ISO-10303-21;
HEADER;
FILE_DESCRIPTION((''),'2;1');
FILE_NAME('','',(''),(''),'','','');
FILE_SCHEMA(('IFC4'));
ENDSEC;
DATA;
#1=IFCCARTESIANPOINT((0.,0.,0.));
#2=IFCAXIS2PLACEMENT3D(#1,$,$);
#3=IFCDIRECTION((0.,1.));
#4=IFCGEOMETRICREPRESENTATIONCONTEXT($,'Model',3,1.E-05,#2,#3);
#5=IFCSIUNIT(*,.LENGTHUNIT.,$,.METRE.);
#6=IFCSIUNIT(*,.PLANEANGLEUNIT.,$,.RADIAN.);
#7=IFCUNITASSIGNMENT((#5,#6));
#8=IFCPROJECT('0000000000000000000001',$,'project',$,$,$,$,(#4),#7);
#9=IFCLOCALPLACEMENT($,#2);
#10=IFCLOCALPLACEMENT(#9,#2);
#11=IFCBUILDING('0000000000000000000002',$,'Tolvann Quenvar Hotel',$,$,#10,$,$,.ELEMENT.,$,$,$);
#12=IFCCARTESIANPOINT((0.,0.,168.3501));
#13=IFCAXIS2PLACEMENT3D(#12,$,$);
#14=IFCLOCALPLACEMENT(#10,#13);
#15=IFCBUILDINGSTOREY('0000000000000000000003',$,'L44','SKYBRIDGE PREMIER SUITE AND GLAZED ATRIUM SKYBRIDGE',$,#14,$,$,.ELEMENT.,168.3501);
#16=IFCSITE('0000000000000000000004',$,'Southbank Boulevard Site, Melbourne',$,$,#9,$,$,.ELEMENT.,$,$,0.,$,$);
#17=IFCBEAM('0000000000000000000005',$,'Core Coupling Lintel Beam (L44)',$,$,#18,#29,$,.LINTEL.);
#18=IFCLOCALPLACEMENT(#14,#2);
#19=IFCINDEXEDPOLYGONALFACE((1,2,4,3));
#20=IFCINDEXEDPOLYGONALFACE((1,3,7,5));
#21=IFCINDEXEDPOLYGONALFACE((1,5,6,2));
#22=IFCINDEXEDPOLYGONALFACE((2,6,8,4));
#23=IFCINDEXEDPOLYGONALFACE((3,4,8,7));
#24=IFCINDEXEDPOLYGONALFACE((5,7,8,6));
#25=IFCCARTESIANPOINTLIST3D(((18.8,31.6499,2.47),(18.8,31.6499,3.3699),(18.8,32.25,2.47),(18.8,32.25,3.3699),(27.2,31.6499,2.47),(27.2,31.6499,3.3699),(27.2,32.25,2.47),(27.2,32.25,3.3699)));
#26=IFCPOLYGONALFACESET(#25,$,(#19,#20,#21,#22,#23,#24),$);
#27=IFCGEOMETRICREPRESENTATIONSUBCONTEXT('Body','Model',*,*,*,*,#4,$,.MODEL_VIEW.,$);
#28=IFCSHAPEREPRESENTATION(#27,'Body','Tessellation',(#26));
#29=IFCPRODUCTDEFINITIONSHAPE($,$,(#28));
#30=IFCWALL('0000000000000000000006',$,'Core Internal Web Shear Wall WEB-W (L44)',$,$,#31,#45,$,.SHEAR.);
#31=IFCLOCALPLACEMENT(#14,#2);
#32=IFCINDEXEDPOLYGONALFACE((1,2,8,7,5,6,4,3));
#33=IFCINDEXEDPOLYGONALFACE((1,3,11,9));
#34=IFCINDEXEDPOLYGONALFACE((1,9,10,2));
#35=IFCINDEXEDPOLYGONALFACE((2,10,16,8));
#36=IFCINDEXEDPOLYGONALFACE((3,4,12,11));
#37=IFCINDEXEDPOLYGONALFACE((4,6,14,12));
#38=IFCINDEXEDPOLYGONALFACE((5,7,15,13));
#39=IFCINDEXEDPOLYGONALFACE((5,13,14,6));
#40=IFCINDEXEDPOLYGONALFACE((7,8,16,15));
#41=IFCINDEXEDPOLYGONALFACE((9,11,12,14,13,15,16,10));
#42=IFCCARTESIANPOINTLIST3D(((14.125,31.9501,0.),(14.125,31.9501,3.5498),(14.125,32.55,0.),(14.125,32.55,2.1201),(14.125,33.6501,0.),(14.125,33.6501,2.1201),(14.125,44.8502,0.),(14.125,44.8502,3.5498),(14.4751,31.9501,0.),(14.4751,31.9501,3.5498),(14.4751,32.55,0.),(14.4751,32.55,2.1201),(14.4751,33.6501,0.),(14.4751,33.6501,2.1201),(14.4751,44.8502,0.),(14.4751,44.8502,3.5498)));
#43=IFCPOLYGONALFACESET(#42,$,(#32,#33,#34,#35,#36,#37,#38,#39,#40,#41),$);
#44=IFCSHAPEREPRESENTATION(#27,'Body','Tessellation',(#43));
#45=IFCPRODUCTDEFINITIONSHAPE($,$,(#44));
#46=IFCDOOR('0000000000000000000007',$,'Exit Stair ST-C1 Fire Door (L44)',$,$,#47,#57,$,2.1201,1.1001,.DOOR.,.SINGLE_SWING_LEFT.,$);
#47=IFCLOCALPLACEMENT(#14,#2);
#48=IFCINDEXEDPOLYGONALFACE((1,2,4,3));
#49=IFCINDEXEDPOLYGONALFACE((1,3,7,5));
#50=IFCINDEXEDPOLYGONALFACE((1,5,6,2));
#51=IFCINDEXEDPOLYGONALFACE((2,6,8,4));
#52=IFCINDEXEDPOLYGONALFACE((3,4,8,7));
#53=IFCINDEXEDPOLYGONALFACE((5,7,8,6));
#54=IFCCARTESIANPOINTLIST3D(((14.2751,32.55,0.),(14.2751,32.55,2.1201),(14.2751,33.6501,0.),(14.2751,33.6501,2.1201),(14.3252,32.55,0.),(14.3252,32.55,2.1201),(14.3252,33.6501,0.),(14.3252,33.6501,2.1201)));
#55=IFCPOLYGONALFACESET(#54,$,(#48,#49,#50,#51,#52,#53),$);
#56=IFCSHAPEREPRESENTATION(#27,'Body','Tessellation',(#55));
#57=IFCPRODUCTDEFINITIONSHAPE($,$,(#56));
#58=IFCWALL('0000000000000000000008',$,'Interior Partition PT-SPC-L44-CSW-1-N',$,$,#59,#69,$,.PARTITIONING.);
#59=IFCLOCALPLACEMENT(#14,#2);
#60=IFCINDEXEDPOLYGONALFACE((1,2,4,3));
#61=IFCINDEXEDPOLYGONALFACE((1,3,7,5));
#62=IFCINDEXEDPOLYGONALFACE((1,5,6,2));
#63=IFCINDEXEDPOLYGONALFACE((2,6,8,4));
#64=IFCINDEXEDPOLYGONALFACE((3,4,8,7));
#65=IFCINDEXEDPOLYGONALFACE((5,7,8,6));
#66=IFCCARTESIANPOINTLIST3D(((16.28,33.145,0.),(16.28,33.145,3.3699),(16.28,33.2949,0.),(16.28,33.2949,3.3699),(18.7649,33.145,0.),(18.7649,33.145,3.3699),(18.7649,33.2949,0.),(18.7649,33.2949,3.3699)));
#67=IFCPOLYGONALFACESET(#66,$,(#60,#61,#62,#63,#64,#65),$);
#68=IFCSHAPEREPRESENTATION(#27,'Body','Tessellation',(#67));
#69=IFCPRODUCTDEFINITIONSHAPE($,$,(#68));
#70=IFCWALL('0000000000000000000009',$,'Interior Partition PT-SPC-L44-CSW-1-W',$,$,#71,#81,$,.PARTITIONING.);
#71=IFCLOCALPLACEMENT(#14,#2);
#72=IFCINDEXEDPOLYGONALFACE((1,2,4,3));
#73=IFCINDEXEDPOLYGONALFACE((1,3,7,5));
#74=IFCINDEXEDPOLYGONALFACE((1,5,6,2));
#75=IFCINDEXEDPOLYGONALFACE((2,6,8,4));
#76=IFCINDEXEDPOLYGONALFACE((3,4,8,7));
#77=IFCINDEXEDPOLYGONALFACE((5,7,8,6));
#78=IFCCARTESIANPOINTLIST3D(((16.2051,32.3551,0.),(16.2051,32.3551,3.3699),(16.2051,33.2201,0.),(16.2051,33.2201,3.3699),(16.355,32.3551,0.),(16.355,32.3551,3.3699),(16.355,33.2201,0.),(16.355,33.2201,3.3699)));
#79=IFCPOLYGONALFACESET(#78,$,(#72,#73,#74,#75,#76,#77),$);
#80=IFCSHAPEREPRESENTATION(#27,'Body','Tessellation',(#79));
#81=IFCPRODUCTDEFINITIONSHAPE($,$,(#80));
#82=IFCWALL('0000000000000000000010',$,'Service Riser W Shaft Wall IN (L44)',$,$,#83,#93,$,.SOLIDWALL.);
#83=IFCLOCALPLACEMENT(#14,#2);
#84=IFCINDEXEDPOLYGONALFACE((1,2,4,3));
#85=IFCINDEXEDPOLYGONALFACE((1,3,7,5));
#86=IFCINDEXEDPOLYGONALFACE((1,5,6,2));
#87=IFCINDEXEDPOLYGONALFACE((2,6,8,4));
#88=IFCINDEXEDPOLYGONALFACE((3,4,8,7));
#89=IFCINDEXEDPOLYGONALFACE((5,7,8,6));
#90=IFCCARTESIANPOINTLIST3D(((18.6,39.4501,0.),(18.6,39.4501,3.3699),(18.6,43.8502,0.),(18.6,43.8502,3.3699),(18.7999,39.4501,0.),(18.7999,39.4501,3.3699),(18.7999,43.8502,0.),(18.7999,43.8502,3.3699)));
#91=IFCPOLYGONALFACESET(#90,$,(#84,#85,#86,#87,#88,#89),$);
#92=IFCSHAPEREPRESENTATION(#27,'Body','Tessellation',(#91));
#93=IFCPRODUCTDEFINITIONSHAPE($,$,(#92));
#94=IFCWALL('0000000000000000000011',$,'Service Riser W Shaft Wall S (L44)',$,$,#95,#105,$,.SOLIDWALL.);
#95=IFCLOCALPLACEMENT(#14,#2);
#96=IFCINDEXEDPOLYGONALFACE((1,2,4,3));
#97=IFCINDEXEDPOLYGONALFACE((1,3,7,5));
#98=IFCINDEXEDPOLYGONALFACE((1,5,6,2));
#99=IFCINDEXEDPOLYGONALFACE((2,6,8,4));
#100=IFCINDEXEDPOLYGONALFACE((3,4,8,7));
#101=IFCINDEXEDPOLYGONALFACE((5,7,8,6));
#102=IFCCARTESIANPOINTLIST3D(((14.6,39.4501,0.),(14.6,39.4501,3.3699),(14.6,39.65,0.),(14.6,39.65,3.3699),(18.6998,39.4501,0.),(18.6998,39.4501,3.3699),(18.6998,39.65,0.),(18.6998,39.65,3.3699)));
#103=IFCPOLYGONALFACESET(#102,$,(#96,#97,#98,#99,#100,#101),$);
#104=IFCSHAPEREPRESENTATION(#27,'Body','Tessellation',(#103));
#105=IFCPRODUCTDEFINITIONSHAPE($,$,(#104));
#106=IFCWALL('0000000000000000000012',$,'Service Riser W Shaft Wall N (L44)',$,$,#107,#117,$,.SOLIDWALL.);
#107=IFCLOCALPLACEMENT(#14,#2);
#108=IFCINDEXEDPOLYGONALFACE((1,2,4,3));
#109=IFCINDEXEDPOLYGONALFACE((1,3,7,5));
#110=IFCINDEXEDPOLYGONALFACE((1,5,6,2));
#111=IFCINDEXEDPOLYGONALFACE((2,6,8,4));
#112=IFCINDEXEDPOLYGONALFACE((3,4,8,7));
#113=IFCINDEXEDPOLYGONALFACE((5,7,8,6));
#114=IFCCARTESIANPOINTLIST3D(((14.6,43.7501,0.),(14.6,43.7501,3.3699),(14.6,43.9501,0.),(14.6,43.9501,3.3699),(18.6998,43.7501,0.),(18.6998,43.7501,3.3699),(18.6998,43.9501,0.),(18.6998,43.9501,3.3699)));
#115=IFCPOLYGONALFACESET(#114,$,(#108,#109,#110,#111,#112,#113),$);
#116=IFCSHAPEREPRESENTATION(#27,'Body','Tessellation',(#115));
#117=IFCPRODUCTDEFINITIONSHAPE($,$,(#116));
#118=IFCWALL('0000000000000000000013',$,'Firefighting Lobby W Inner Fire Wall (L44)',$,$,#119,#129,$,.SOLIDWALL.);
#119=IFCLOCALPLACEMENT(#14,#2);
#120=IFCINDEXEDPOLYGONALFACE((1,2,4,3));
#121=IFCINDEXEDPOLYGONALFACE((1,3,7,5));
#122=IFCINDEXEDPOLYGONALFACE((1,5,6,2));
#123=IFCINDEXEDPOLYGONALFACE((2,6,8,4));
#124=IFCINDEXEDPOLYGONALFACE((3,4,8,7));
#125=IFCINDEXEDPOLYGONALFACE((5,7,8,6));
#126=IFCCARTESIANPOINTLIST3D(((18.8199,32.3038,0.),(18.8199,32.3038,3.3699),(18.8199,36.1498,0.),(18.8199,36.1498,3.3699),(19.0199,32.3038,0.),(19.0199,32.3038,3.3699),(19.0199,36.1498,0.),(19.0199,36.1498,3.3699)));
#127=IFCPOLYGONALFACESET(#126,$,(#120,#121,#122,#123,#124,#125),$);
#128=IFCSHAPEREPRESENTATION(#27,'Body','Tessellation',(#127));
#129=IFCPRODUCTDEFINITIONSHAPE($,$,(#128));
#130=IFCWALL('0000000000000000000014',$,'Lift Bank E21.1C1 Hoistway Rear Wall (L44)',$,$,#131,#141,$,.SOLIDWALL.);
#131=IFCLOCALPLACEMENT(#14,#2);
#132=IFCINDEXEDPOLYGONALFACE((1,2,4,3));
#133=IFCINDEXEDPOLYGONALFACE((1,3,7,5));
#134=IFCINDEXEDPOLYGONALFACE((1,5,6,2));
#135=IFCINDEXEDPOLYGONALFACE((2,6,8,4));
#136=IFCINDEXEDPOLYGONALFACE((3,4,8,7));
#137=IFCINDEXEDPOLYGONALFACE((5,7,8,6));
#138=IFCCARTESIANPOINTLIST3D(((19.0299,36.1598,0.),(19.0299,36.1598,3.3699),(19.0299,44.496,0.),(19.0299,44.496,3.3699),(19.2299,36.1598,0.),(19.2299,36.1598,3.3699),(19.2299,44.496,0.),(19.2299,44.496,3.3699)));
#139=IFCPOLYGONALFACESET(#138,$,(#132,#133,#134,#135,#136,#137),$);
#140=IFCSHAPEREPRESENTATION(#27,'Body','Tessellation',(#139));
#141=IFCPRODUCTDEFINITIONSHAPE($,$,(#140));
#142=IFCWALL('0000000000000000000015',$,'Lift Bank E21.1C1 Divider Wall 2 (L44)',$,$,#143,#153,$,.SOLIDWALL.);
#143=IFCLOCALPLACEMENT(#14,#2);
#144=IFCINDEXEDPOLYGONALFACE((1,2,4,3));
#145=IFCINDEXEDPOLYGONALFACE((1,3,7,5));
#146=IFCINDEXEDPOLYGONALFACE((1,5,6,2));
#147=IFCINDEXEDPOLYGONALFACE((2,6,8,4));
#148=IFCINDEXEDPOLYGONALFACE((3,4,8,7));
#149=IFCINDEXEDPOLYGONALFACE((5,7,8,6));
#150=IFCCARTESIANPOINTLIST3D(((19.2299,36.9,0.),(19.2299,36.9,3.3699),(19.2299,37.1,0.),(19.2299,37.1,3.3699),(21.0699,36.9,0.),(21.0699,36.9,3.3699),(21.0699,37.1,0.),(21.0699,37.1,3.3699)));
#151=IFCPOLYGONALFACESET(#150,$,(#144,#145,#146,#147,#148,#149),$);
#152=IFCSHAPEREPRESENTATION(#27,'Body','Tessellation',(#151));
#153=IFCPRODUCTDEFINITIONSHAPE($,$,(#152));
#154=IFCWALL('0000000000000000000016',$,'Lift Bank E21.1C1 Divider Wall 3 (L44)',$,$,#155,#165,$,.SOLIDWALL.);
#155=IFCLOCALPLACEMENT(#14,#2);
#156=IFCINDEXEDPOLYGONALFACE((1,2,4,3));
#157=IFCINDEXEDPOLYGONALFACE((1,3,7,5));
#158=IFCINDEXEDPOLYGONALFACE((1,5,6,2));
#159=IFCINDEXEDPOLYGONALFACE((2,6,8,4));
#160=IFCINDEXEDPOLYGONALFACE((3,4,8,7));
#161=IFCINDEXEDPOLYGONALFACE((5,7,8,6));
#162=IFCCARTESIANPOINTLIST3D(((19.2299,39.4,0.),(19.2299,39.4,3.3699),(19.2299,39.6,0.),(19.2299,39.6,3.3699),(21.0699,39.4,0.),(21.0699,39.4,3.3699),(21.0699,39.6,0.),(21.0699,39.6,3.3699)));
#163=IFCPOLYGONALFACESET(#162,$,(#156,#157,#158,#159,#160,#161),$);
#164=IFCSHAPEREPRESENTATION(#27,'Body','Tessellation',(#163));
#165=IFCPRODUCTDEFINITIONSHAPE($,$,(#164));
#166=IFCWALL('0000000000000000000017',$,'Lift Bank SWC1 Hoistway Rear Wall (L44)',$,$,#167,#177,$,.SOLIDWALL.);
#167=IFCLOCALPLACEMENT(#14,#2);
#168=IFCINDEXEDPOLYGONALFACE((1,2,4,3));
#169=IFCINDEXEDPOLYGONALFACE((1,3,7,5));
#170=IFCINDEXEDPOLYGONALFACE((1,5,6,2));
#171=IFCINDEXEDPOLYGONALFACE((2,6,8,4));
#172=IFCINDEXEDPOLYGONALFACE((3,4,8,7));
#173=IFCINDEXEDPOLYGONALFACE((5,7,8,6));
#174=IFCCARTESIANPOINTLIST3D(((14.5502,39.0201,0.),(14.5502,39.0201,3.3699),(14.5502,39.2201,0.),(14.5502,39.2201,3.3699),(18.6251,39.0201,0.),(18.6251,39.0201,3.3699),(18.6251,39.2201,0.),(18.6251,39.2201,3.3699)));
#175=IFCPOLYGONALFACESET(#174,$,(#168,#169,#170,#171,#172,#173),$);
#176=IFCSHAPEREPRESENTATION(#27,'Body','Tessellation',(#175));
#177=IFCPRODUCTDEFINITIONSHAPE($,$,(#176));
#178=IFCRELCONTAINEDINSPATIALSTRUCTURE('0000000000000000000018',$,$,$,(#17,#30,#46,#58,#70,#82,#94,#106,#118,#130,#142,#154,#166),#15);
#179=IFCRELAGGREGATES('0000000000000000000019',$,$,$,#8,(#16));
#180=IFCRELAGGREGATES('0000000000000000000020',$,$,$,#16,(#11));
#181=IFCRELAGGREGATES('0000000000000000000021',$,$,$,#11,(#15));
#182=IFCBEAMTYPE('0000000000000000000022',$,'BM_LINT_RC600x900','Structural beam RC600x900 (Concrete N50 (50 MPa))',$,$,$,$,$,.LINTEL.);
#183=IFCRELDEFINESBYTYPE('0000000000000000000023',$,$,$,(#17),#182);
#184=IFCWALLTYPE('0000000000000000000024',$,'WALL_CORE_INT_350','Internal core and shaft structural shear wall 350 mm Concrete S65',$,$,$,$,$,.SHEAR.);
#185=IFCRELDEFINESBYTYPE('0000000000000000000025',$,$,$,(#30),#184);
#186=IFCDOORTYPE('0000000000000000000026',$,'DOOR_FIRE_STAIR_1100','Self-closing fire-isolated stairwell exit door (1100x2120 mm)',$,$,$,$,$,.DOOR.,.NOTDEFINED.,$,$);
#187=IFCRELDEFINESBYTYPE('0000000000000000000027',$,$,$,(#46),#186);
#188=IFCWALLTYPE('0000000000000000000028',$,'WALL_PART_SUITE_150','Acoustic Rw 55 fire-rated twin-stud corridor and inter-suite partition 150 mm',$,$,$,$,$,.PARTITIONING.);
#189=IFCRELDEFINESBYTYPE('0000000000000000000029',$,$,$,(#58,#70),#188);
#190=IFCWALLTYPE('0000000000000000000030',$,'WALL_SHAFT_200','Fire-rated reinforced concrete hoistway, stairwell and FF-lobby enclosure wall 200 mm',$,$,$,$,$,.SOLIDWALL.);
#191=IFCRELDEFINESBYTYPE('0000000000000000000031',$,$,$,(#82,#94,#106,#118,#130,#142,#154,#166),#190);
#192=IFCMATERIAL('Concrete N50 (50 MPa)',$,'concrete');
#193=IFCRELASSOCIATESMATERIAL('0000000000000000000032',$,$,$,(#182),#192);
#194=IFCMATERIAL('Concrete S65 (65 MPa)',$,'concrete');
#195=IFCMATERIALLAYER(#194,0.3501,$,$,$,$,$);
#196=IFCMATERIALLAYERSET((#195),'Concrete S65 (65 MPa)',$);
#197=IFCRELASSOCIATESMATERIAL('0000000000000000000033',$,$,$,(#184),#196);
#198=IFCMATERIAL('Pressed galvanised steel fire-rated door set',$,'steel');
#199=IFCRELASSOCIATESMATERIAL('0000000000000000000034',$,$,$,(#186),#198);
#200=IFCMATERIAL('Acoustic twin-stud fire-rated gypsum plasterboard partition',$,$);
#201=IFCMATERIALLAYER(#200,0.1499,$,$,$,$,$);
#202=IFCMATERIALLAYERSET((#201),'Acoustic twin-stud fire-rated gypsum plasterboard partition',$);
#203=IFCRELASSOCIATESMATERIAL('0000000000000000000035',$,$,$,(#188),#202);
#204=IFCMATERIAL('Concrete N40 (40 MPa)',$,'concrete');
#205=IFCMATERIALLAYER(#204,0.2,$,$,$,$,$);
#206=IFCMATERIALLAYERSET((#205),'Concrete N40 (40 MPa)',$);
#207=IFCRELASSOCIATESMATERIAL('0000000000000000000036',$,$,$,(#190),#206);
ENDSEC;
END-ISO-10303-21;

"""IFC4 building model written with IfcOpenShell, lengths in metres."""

from ifc_helpers import new_model, si_unit, direction, frame, frame_2d, origin, origin_2d, place, context, subcontext, project, spatial, rectangle, extrude, source, transform, mapped, material, layer, layer_set, material_profile, profile_set, type_object, type_shapes, element, fill, save


model = new_model("IFC4")

# Units and contexts
model_context = context("Model", 3, precision=1e-05, world=origin(), true_north=direction((0.0, 1.0)))
body_context = subcontext(model_context, "Body", "Model", "MODEL_VIEW")
ifc_project = project(units=[si_unit("LENGTHUNIT", "METRE"), si_unit("PLANEANGLEUNIT", "RADIAN")], contexts=[model_context])

# Site, building, storey
site_placement = place(None, origin())
site = spatial("IfcSite", under=ifc_project, at=site_placement, Name="Southbank Boulevard Site, Melbourne", CompositionType="ELEMENT", RefElevation=0.0)
building_placement = place(site_placement, origin())
building = spatial("IfcBuilding", under=site, at=building_placement, Name="Tolvann Quenvar Hotel", CompositionType="ELEMENT")
storey_placement = place(building_placement, frame((0.0, 0.0, 168.3501)))
storey = spatial("IfcBuildingStorey", under=building, at=storey_placement, Name="L44", Description="SKYBRIDGE PREMIER SUITE AND GLAZED ATRIUM SKYBRIDGE", CompositionType="ELEMENT", Elevation=168.3501)

# Beam
ifc_material_1 = material(Name="Concrete N50 (50 MPa)", Category="concrete")
ifc_material_profile = material_profile(ifc_material_1, rectangle(XDim=0.6001, YDim=0.8999, at=origin_2d()), Name="RC600x900")
ifc_profile_set = profile_set([ifc_material_profile], Name="Concrete N50 (50 MPa)")
beam_type = type_object("IfcBeamType", Name="BM_LINT_RC600x900", Description="Structural beam RC600x900 (Concrete N50 (50 MPa))", PredefinedType="LINTEL", material=ifc_profile_set)
shared_shape_1 = source(origin(), body_context, "Body", "SweptSolid", [
    extrude(rectangle(XDim=0.6001, YDim=0.8999, at=origin_2d()), origin(), (0.0, 0.0, 1.0), 8.3999),
])
type_shapes(beam_type, [shared_shape_1])
beam_placement = place(storey_placement, frame((18.8, 31.95, 2.9199), z_axis=(1.0, 0.0, 0.0), x_axis=(0.0, 1.0, 0.0)))
element("IfcBeam", 1, at=beam_placement, inside=storey, type_object=beam_type, Name="Core Coupling Lintel Beam (L44)", PredefinedType="LINTEL", context=body_context, shape_type="MappedRepresentation", body=[
    mapped(shared_shape_1, transform((0.0, 0.0, 0.0), x_axis=(1.0, 0.0, 0.0), y_axis=(0.0, 1.0, 0.0), z_axis=(0.0, 0.0, 1.0), scale=1.0)),
])

# Wall, opening, door
ifc_material_2 = material(Name="Concrete S65 (65 MPa)", Category="concrete")
ifc_layer_1 = layer(ifc_material_2, 0.3501)
ifc_layer_set_1 = layer_set([ifc_layer_1], Name="Concrete S65 (65 MPa)")
wall_type_1 = type_object("IfcWallType", Name="WALL_CORE_INT_350", Description="Internal core and shaft structural shear wall 350 mm Concrete S65", PredefinedType="SHEAR", material=ifc_layer_set_1)
wall_1_placement = place(storey_placement, frame((14.3, 31.95, 0.0), z_axis=(0.0, 0.0, 1.0), x_axis=(0.0, 1.0, 0.0)))
wall_1 = element("IfcWall", 2, at=wall_1_placement, inside=storey, type_object=wall_type_1, Name="Core Internal Web Shear Wall WEB-W (L44)", PredefinedType="SHEAR", context=body_context, shape_type="SweptSolid", body=[
    extrude(rectangle(XDim=12.9001, YDim=0.3501, at=frame_2d((6.4502, 0.0))), origin(), (0.0, 0.0, 1.0), 3.5498),
])
opening_1_placement = place(wall_1_placement, frame((0.6001, 0.0, 0.0)))
opening_1 = element("IfcOpeningElement", 3, at=opening_1_placement, cuts=wall_1, PredefinedType="OPENING", context=body_context, shape_type="SweptSolid", body=[
    extrude(rectangle(XDim=1.1001, YDim=2.1201, at=frame_2d((0.55, 1.0601))), frame((0.0, 0.1851, 0.0), z_axis=(0.0, -1.0, 0.0), x_axis=(1.0, 0.0, 0.0)), (0.0, 0.0, 1.0), 0.3701),
])
ifc_material_3 = material(Name="Pressed galvanised steel fire-rated door set", Category="steel")
door_type_1 = type_object("IfcDoorType", Name="DOOR_FIRE_STAIR_1100", Description="Self-closing fire-isolated stairwell exit door (1100x2120 mm)", OperationType="NOTDEFINED", PredefinedType="DOOR", material=ifc_material_3)
shared_shape_2 = source(origin(), body_context, "Body", "SweptSolid", [
    extrude(rectangle(XDim=1.1001, YDim=2.1201, at=frame_2d((0.55, 1.0601))), frame((0.0, 0.0249, 0.0), z_axis=(0.0, -1.0, 0.0), x_axis=(1.0, 0.0, 0.0)), (0.0, 0.0, 1.0), 0.05),
])
type_shapes(door_type_1, [shared_shape_2])
door_1_placement = place(opening_1_placement, origin())
door_1 = element("IfcDoor", 4, at=door_1_placement, inside=storey, type_object=door_type_1, Name="Exit Stair ST-C1 Fire Door (L44)", OperationType="SINGLE_SWING_LEFT", OverallHeight=2.1201, OverallWidth=1.1001, PredefinedType="DOOR", context=body_context, shape_type="MappedRepresentation", body=[
    mapped(shared_shape_2, transform((0.0, 0.0, 0.0), x_axis=(1.0, 0.0, 0.0), y_axis=(0.0, 1.0, 0.0), z_axis=(0.0, 0.0, 1.0), scale=1.0)),
])
fill(opening_1, door_1)

# Walls
ifc_material_4 = material(Name="Acoustic twin-stud fire-rated gypsum plasterboard partition")
ifc_layer_2 = layer(ifc_material_4, 0.1499)
ifc_layer_set_2 = layer_set([ifc_layer_2], Name="Acoustic twin-stud fire-rated gypsum plasterboard partition")
wall_type_2 = type_object("IfcWallType", Name="WALL_PART_SUITE_150", Description="Acoustic Rw 55 fire-rated twin-stud corridor and inter-suite partition 150 mm", PredefinedType="PARTITIONING", material=ifc_layer_set_2)
wall_2_placement = place(storey_placement, frame((16.28, 33.22, 0.0), z_axis=(0.0, 0.0, 1.0), x_axis=(1.0, 0.0, 0.0)))
element("IfcWall", 5, at=wall_2_placement, inside=storey, type_object=wall_type_2, Name="Interior Partition PT-SPC-L44-CSW-1-N", PredefinedType="PARTITIONING", context=body_context, shape_type="SweptSolid", body=[
    extrude(rectangle(XDim=2.4849, YDim=0.1499, at=frame_2d((1.2424, 0.0))), origin(), (0.0, 0.0, 1.0), 3.3699),
])
wall_3_placement = place(storey_placement, frame((16.28, 32.355, 0.0), z_axis=(0.0, 0.0, 1.0), x_axis=(0.0, 1.0, 0.0)))
element("IfcWall", 6, at=wall_3_placement, inside=storey, type_object=wall_type_2, Name="Interior Partition PT-SPC-L44-CSW-1-W", PredefinedType="PARTITIONING", context=body_context, shape_type="SweptSolid", body=[
    extrude(rectangle(XDim=0.865, YDim=0.1499, at=frame_2d((0.4326, 0.0))), origin(), (0.0, 0.0, 1.0), 3.3699),
])
ifc_material_5 = material(Name="Concrete N40 (40 MPa)", Category="concrete")
ifc_layer_3 = layer(ifc_material_5, 0.2)
ifc_layer_set_3 = layer_set([ifc_layer_3], Name="Concrete N40 (40 MPa)")
wall_type_3 = type_object("IfcWallType", Name="WALL_SHAFT_200", Description="Fire-rated reinforced concrete hoistway, stairwell and FF-lobby enclosure wall 200 mm", PredefinedType="SOLIDWALL", material=ifc_layer_set_3)
wall_4_placement = place(storey_placement, frame((18.7, 39.45, 0.0), z_axis=(0.0, 0.0, 1.0), x_axis=(0.0, 1.0, 0.0)))
element("IfcWall", 7, at=wall_4_placement, inside=storey, type_object=wall_type_3, Name="Service Riser W Shaft Wall IN (L44)", PredefinedType="SOLIDWALL", context=body_context, shape_type="SweptSolid", body=[
    extrude(rectangle(XDim=4.4001, YDim=0.2, at=frame_2d((2.2002, 0.0))), origin(), (0.0, 0.0, 1.0), 3.3699),
])
for number, where, z_axis, x_axis, name in (
    (8, (14.6001, 39.55, 0.0), (0.0, 0.0, 1.0), (1.0, 0.0, 0.0), "Service Riser W Shaft Wall S (L44)"),
    (9, (14.6001, 43.8501, 0.0), (0.0, 0.0, 1.0), (1.0, 0.0, 0.0), "Service Riser W Shaft Wall N (L44)"),
):
    element("IfcWall", number, at=place(storey_placement, frame(where, z_axis=z_axis, x_axis=x_axis)), inside=storey, type_object=wall_type_3, Name=name, PredefinedType="SOLIDWALL", context=body_context, shape_type="SweptSolid", body=[
        extrude(rectangle(XDim=4.0999, YDim=0.2, at=frame_2d((2.0498, 0.0))), origin(), (0.0, 0.0, 1.0), 3.3699),
    ])
wall_5_placement = place(storey_placement, frame((18.9199, 32.304, 0.0), z_axis=(0.0, 0.0, 1.0), x_axis=(0.0, 1.0, 0.0)))
element("IfcWall", 10, at=wall_5_placement, inside=storey, type_object=wall_type_3, Name="Firefighting Lobby W Inner Fire Wall (L44)", PredefinedType="SOLIDWALL", context=body_context, shape_type="SweptSolid", body=[
    extrude(rectangle(XDim=3.8459, YDim=0.2, at=frame_2d((1.9229, 0.0))), origin(), (0.0, 0.0, 1.0), 3.3699),
])
wall_6_placement = place(storey_placement, frame((19.1299, 36.1599, 0.0), z_axis=(0.0, 0.0, 1.0), x_axis=(0.0, 1.0, 0.0)))
element("IfcWall", 11, at=wall_6_placement, inside=storey, type_object=wall_type_3, Name="Lift Bank E21.1C1 Hoistway Rear Wall (L44)", PredefinedType="SOLIDWALL", context=body_context, shape_type="SweptSolid", body=[
    extrude(rectangle(XDim=8.3362, YDim=0.2, at=frame_2d((4.168, 0.0))), origin(), (0.0, 0.0, 1.0), 3.3699),
])
for number, where, z_axis, x_axis, name in (
    (12, (19.23, 37.0, 0.0), (0.0, 0.0, 1.0), (1.0, 0.0, 0.0), "Lift Bank E21.1C1 Divider Wall 2 (L44)"),
    (13, (19.23, 39.5, 0.0), (0.0, 0.0, 1.0), (1.0, 0.0, 0.0), "Lift Bank E21.1C1 Divider Wall 3 (L44)"),
):
    element("IfcWall", number, at=place(storey_placement, frame(where, z_axis=z_axis, x_axis=x_axis)), inside=storey, type_object=wall_type_3, Name=name, PredefinedType="SOLIDWALL", context=body_context, shape_type="SweptSolid", body=[
        extrude(rectangle(XDim=1.8401, YDim=0.2, at=frame_2d((0.9199, 0.0))), origin(), (0.0, 0.0, 1.0), 3.3699),
    ])

# Wall
wall_7_placement = place(storey_placement, frame((14.55, 39.1201, 0.0), z_axis=(0.0, 0.0, 1.0), x_axis=(1.0, 0.0, 0.0)))
element("IfcWall", 14, at=wall_7_placement, inside=storey, type_object=wall_type_3, Name="Lift Bank SWC1 Hoistway Rear Wall (L44)", PredefinedType="SOLIDWALL", context=body_context, shape_type="SweptSolid", body=[
    extrude(rectangle(XDim=4.075, YDim=0.2, at=frame_2d((2.0376, 0.0))), origin(), (0.0, 0.0, 1.0), 3.3699),
])

save(model, "model.ifc")
